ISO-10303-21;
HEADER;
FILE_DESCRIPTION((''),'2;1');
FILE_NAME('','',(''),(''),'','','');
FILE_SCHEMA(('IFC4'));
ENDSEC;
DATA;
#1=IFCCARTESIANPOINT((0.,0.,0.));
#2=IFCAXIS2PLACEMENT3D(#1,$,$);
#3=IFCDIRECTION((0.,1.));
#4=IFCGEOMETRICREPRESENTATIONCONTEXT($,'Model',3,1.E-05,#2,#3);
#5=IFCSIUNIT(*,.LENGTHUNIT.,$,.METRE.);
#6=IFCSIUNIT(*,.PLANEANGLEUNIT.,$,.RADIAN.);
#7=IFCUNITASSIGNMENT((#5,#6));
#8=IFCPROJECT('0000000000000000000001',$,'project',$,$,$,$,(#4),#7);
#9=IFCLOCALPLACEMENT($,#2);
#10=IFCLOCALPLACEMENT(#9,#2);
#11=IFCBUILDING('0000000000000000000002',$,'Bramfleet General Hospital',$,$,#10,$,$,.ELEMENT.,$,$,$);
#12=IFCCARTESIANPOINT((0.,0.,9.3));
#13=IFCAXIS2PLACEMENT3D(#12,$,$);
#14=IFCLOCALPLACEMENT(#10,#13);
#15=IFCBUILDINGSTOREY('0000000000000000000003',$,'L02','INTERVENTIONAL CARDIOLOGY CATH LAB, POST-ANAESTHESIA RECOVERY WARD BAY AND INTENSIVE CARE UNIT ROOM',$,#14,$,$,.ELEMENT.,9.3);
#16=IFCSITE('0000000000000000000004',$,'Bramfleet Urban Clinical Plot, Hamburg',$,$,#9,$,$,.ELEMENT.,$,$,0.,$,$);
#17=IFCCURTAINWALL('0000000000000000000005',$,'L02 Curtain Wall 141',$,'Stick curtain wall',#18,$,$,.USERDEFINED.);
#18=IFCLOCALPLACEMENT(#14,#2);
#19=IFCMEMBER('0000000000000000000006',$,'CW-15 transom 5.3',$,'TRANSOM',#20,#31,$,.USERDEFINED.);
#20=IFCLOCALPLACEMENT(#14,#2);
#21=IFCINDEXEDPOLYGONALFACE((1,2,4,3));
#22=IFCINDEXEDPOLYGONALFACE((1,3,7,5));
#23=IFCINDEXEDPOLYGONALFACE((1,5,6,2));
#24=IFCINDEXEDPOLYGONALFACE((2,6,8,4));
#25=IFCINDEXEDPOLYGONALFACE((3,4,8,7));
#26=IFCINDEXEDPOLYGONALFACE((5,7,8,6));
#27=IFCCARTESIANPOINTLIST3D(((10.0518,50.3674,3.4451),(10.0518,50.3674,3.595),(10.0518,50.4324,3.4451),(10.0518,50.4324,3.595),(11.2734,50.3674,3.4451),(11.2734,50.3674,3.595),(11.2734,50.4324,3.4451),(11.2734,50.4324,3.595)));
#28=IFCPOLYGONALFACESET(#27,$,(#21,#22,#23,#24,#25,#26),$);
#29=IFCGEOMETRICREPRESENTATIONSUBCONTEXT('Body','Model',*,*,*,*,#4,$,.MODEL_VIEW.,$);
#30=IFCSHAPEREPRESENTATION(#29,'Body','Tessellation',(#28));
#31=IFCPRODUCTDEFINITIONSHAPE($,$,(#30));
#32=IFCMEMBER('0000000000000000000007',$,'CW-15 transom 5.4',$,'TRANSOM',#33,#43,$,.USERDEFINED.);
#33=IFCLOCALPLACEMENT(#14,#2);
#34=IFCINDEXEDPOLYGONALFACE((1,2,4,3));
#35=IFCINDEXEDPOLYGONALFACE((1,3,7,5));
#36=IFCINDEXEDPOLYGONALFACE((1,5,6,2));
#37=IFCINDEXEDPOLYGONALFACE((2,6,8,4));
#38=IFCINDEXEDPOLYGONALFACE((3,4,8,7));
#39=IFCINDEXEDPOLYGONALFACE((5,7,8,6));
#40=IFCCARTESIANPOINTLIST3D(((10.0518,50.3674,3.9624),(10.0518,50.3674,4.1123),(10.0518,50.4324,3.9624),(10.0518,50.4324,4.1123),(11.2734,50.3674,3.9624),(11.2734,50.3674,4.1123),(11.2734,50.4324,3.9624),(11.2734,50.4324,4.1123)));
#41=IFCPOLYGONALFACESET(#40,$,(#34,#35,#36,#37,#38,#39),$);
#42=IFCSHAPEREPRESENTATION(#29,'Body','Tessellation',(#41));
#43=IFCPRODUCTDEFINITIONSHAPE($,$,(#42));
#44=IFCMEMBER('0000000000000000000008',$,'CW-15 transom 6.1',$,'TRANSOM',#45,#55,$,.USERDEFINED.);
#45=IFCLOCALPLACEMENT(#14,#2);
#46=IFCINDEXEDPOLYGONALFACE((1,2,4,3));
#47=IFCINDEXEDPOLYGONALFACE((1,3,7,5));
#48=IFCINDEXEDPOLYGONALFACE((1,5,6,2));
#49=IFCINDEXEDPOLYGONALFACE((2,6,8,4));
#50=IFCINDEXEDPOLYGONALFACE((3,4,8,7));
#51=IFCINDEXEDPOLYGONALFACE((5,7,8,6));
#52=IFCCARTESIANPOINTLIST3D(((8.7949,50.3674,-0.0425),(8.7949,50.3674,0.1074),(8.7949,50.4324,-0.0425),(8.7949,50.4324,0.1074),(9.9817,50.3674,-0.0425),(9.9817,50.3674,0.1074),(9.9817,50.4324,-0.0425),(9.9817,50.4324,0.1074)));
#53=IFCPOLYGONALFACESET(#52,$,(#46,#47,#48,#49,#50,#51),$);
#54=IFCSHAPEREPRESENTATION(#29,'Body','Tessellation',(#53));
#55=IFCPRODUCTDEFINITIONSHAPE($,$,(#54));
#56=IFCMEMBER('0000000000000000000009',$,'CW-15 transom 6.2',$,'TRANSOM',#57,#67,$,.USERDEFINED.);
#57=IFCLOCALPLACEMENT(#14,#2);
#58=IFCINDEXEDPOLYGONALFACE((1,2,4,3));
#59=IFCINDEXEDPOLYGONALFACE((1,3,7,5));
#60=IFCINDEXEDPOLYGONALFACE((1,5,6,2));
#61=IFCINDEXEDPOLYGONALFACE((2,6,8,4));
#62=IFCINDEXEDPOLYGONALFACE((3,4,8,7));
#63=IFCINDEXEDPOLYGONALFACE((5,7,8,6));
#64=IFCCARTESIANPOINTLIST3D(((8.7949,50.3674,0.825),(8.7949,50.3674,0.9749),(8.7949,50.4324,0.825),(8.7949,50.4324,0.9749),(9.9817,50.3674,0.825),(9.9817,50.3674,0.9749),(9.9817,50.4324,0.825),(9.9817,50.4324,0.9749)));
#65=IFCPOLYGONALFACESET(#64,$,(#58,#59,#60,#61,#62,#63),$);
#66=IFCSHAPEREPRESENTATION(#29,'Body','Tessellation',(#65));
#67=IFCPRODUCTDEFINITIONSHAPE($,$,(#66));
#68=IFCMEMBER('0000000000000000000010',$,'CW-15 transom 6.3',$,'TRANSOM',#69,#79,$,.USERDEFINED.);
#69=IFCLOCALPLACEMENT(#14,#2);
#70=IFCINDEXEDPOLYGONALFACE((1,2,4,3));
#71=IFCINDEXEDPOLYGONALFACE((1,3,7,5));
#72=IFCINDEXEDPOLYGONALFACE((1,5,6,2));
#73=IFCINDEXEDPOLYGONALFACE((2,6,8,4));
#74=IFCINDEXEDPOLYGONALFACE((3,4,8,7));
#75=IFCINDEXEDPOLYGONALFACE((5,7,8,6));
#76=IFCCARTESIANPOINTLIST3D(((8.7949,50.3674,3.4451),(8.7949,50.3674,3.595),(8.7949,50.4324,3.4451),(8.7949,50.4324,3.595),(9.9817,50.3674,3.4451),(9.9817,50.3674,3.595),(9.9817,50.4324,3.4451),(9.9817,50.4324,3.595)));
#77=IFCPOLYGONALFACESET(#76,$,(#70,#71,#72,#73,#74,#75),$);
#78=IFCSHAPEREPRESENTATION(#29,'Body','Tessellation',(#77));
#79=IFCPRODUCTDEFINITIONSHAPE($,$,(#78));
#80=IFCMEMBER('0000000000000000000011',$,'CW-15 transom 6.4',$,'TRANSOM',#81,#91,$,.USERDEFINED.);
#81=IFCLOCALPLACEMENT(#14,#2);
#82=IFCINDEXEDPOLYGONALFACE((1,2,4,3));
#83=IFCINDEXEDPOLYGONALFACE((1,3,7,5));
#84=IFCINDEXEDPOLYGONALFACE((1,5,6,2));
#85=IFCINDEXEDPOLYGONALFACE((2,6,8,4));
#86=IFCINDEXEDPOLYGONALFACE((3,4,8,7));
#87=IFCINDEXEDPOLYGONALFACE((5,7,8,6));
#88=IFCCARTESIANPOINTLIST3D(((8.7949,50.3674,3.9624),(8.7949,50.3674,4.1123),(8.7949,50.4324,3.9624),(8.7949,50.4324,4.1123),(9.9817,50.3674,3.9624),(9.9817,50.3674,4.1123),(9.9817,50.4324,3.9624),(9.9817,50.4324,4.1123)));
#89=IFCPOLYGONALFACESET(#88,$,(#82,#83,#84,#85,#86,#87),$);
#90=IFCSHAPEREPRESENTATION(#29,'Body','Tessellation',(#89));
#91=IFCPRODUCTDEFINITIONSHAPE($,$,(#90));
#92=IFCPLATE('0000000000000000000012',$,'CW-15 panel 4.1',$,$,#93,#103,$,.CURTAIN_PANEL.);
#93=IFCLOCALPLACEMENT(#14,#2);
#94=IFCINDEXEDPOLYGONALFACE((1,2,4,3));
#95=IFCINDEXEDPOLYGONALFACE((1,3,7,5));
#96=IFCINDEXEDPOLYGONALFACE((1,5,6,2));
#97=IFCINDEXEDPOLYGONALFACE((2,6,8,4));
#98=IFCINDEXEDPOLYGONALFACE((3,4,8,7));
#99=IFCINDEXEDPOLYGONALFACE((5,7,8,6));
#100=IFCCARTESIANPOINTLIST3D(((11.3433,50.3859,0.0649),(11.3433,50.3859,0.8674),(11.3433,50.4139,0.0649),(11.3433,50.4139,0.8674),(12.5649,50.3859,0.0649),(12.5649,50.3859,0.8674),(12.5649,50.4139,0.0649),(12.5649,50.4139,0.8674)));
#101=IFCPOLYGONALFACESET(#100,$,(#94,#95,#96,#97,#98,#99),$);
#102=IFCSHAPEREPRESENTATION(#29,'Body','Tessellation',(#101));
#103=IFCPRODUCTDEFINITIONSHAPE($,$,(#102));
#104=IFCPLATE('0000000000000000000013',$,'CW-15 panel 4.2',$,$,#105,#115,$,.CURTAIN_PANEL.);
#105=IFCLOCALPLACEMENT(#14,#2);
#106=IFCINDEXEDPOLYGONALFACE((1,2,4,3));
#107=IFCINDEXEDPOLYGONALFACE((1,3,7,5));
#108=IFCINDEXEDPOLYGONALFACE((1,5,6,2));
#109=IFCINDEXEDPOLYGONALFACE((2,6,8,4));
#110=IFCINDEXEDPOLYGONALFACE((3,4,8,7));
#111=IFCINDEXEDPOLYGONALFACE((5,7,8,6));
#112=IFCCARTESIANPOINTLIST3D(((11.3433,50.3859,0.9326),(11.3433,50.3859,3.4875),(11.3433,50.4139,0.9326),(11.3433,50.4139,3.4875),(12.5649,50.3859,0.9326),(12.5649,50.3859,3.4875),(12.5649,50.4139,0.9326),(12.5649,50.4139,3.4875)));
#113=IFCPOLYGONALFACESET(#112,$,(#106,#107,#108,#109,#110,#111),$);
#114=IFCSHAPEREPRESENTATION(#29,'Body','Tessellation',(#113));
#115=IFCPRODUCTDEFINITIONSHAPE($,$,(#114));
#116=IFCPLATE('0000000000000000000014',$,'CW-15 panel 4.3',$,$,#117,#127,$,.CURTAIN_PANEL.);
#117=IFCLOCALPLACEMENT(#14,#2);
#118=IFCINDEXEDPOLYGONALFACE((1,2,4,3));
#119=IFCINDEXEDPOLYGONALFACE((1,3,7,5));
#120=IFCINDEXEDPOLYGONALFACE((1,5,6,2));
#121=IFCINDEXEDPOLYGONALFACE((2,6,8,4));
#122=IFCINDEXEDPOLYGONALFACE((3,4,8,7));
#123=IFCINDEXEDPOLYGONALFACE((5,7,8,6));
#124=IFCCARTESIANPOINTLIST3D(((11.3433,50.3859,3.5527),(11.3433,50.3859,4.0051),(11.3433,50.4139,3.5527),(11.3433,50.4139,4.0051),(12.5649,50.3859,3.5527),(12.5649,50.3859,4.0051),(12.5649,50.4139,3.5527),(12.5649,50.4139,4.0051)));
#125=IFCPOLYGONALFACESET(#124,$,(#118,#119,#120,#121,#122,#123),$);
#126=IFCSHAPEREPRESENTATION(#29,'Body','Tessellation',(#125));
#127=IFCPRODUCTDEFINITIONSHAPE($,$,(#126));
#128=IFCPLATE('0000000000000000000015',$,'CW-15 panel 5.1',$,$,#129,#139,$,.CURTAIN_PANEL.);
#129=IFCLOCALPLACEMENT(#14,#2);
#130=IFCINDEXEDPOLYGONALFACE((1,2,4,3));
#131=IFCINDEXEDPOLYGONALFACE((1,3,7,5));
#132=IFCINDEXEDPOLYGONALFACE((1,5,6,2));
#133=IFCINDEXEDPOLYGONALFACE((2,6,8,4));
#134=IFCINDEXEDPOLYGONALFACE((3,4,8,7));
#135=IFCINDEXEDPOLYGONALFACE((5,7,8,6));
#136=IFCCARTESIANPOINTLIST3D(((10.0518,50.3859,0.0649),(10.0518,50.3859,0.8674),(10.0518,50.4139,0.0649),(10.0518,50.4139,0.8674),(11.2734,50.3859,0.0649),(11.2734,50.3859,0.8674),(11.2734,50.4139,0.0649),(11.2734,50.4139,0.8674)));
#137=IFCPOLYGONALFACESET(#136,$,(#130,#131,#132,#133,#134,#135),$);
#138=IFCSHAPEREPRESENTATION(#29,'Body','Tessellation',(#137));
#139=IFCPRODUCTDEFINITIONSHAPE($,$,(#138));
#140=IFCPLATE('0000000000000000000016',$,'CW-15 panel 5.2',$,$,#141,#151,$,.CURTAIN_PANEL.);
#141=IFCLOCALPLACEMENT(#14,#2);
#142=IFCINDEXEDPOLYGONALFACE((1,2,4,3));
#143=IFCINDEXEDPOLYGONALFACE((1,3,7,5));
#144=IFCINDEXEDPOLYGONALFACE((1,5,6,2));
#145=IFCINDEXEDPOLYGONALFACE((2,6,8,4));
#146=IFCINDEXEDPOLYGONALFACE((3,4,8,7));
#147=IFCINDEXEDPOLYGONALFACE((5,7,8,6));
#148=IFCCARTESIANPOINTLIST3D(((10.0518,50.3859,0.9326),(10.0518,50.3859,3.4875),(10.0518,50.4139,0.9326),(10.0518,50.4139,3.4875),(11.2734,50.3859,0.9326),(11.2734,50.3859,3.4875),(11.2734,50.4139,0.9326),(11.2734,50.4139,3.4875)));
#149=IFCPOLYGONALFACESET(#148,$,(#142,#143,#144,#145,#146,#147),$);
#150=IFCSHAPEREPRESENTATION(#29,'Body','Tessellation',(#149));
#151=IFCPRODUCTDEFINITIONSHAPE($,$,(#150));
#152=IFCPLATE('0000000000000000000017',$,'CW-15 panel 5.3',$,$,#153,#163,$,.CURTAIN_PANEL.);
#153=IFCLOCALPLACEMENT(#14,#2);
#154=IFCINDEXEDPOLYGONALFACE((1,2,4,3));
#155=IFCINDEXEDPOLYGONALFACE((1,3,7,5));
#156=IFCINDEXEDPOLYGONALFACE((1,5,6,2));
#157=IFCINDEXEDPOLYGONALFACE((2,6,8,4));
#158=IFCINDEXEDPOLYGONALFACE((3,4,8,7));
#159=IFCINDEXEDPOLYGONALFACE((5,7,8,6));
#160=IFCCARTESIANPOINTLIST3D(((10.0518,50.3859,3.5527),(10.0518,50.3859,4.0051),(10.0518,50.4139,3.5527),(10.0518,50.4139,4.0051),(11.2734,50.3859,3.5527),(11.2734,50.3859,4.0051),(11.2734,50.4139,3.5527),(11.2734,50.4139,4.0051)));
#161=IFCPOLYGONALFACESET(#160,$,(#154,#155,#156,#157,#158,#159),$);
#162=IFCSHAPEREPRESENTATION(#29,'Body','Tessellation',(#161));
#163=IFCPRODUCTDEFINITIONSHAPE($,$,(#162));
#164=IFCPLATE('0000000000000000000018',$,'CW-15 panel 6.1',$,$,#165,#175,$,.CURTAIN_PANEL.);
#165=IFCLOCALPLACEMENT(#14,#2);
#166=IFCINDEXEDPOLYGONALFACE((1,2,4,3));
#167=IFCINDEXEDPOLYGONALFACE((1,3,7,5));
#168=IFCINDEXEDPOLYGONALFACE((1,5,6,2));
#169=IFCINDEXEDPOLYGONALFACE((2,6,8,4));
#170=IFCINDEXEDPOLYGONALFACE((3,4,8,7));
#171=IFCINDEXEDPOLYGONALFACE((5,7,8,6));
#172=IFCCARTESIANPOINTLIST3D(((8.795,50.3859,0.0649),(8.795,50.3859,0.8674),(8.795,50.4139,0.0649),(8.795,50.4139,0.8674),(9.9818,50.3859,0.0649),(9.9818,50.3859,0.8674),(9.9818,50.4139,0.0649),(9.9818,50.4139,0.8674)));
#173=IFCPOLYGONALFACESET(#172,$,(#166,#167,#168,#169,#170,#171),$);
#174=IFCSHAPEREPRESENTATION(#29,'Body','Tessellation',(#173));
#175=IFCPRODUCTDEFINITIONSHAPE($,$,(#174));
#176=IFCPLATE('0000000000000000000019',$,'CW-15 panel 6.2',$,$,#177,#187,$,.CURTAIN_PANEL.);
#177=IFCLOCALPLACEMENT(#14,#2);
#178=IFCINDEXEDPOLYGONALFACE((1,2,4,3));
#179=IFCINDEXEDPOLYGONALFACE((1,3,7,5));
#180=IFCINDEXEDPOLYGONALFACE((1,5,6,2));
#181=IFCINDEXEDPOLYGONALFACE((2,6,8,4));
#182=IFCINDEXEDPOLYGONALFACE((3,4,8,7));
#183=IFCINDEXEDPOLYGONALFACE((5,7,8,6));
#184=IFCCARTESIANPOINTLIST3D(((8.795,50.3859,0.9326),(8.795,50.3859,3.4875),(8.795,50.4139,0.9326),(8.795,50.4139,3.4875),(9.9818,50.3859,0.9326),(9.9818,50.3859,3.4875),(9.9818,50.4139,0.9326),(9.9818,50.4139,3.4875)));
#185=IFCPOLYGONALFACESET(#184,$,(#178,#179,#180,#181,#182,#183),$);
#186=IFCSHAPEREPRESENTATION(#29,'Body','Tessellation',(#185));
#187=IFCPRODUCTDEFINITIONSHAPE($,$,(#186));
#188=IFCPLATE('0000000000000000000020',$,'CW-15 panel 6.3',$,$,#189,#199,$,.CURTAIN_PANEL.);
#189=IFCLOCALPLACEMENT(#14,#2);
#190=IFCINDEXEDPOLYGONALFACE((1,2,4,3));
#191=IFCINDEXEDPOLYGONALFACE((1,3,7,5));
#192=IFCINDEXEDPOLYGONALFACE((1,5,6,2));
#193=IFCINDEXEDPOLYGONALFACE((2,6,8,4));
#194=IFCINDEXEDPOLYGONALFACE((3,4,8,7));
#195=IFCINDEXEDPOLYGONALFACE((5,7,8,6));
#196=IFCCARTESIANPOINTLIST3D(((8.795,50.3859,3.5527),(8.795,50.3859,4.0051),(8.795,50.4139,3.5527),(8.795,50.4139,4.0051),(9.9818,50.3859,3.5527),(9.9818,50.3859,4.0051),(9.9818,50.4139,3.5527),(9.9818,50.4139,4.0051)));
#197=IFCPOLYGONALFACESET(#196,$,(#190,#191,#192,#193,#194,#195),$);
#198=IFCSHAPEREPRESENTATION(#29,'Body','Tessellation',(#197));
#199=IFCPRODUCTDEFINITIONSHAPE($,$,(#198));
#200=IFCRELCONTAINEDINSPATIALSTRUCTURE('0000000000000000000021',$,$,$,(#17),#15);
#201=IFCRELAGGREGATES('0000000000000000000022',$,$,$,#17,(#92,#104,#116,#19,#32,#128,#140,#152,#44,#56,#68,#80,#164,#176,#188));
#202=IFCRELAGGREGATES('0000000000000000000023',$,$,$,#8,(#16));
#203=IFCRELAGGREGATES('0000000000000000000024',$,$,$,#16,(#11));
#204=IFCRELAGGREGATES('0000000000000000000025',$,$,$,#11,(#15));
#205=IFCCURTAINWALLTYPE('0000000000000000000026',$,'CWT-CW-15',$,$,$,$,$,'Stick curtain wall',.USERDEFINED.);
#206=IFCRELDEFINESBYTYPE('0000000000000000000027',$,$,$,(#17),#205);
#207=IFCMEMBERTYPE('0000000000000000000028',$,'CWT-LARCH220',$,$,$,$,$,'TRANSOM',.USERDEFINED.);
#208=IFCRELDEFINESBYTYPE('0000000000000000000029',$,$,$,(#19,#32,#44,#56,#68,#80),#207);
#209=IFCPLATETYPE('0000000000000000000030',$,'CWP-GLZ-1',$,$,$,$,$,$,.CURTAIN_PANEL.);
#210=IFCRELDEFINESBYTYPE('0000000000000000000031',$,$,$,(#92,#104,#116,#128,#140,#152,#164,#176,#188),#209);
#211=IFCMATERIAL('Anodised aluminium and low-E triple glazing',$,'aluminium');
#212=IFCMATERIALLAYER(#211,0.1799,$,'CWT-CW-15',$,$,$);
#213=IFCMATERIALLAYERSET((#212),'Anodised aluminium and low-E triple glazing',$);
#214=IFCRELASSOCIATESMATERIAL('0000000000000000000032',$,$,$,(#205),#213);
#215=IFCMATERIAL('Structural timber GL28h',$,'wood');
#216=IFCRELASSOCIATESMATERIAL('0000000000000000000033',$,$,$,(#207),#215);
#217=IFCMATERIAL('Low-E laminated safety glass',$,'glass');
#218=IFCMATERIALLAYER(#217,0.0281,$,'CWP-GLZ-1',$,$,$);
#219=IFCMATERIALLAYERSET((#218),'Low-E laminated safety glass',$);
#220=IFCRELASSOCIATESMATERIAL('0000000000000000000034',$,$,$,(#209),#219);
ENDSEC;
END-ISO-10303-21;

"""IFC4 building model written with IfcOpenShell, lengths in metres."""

from ifc_helpers import new_model, si_unit, direction, frame, origin, origin_2d, place, context, subcontext, project, spatial, rectangle, extrude, material, layer, layer_set, material_profile, profile_set, type_object, element, aggregate, save


model = new_model("IFC4")

# Units and contexts
model_context = context("Model", 3, precision=1e-05, world=origin(), true_north=direction((0.0, 1.0)))
body_context = subcontext(model_context, "Body", "Model", "MODEL_VIEW")
ifc_project = project(units=[si_unit("LENGTHUNIT", "METRE"), si_unit("PLANEANGLEUNIT", "RADIAN")], contexts=[model_context])

# Site, building, storey
site_placement = place(None, origin())
site = spatial("IfcSite", under=ifc_project, at=site_placement, Name="Bramfleet Urban Clinical Plot, Hamburg", CompositionType="ELEMENT", RefElevation=0.0)
building_placement = place(site_placement, origin())
building = spatial("IfcBuilding", under=site, at=building_placement, Name="Bramfleet General Hospital", CompositionType="ELEMENT")
storey_placement = place(building_placement, frame((0.0, 0.0, 9.3)))
storey = spatial("IfcBuildingStorey", under=building, at=storey_placement, Name="L02", Description="INTERVENTIONAL CARDIOLOGY CATH LAB, POST-ANAESTHESIA RECOVERY WARD BAY AND INTENSIVE CARE UNIT ROOM", CompositionType="ELEMENT", Elevation=9.3)

# Curtain wall, members, plates
ifc_material_1 = material(Name="Anodised aluminium and low-E triple glazing", Category="aluminium")
ifc_layer_1 = layer(ifc_material_1, 0.1799, Name="CWT-CW-15")
ifc_layer_set_1 = layer_set([ifc_layer_1], Name="Anodised aluminium and low-E triple glazing")
curtain_wall_type = type_object("IfcCurtainWallType", Name="CWT-CW-15", ElementType="Stick curtain wall", PredefinedType="USERDEFINED", material=ifc_layer_set_1)
curtain_wall_placement = place(storey_placement, origin())
curtain_wall = element("IfcCurtainWall", 1, at=curtain_wall_placement, inside=storey, type_object=curtain_wall_type, Name="L02 Curtain Wall 141", ObjectType="Stick curtain wall", PredefinedType="USERDEFINED")
ifc_material_2 = material(Name="Structural timber GL28h", Category="wood")
ifc_material_profile_1 = material_profile(ifc_material_2, rectangle(XDim=0.0649, YDim=0.1499, at=origin_2d()), Name="LARCH 150x65")
ifc_profile_set_1 = profile_set([ifc_material_profile_1], Name="Structural timber GL28h")
member_type_1 = type_object("IfcMemberType", Name="CWT-LARCH220", ElementType="TRANSOM", PredefinedType="USERDEFINED", material=ifc_profile_set_1)
member_1_placement = place(storey_placement, frame((11.2734, 50.3999, 3.52), z_axis=(-1.0, 0.0, 0.0), x_axis=(0.0, -1.0, 0.0)))
member_1 = element("IfcMember", 2, at=member_1_placement, type_object=member_type_1, Name="CW-15 transom 5.3", ObjectType="TRANSOM", PredefinedType="USERDEFINED", context=body_context, shape_type="SweptSolid", body=[
    extrude(rectangle(XDim=0.0649, YDim=0.1499, at=origin_2d()), origin(), (0.0, 0.0, 1.0), 1.2217),
])
member_2_placement = place(storey_placement, frame((11.2734, 50.3999, 4.0374), z_axis=(-1.0, 0.0, 0.0), x_axis=(0.0, -1.0, 0.0)))
member_2 = element("IfcMember", 3, at=member_2_placement, type_object=member_type_1, Name="CW-15 transom 5.4", ObjectType="TRANSOM", PredefinedType="USERDEFINED", context=body_context, shape_type="SweptSolid", body=[
    extrude(rectangle(XDim=0.0649, YDim=0.1499, at=origin_2d()), origin(), (0.0, 0.0, 1.0), 1.2217),
])
member_3_placement = place(storey_placement, frame((9.9817, 50.3999, 0.0325), z_axis=(-1.0, 0.0, 0.0), x_axis=(0.0, -1.0, 0.0)))
member_3 = element("IfcMember", 4, at=member_3_placement, type_object=member_type_1, Name="CW-15 transom 6.1", ObjectType="TRANSOM", PredefinedType="USERDEFINED", context=body_context, shape_type="SweptSolid", body=[
    extrude(rectangle(XDim=0.0649, YDim=0.1499, at=origin_2d()), origin(), (0.0, 0.0, 1.0), 1.1868),
])
member_4_placement = place(storey_placement, frame((9.9817, 50.3999, 0.8999), z_axis=(-1.0, 0.0, 0.0), x_axis=(0.0, -1.0, 0.0)))
member_4 = element("IfcMember", 5, at=member_4_placement, type_object=member_type_1, Name="CW-15 transom 6.2", ObjectType="TRANSOM", PredefinedType="USERDEFINED", context=body_context, shape_type="SweptSolid", body=[
    extrude(rectangle(XDim=0.0649, YDim=0.1499, at=origin_2d()), origin(), (0.0, 0.0, 1.0), 1.1868),
])
member_5_placement = place(storey_placement, frame((9.9817, 50.3999, 3.52), z_axis=(-1.0, 0.0, 0.0), x_axis=(0.0, -1.0, 0.0)))
member_5 = element("IfcMember", 6, at=member_5_placement, type_object=member_type_1, Name="CW-15 transom 6.3", ObjectType="TRANSOM", PredefinedType="USERDEFINED", context=body_context, shape_type="SweptSolid", body=[
    extrude(rectangle(XDim=0.0649, YDim=0.1499, at=origin_2d()), origin(), (0.0, 0.0, 1.0), 1.1868),
])
member_6_placement = place(storey_placement, frame((9.9817, 50.3999, 4.0374), z_axis=(-1.0, 0.0, 0.0), x_axis=(0.0, -1.0, 0.0)))
member_6 = element("IfcMember", 7, at=member_6_placement, type_object=member_type_1, Name="CW-15 transom 6.4", ObjectType="TRANSOM", PredefinedType="USERDEFINED", context=body_context, shape_type="SweptSolid", body=[
    extrude(rectangle(XDim=0.0649, YDim=0.1499, at=origin_2d()), origin(), (0.0, 0.0, 1.0), 1.1868),
])
ifc_material_3 = material(Name="Low-E laminated safety glass", Category="glass")
ifc_layer_2 = layer(ifc_material_3, 0.0281, Name="CWP-GLZ-1")
ifc_layer_set_2 = layer_set([ifc_layer_2], Name="Low-E laminated safety glass")
plate_type = type_object("IfcPlateType", Name="CWP-GLZ-1", PredefinedType="CURTAIN_PANEL", material=ifc_layer_set_2)
plate_1_placement = place(storey_placement, frame((11.9541, 50.3999, 0.0649), z_axis=(0.0, 0.0, 1.0), x_axis=(-1.0, 0.0, 0.0)))
plate_1 = element("IfcPlate", 8, at=plate_1_placement, type_object=plate_type, Name="CW-15 panel 4.1", PredefinedType="CURTAIN_PANEL", context=body_context, shape_type="SweptSolid", body=[
    extrude(rectangle(XDim=1.2217, YDim=0.0281, at=origin_2d()), origin(), (0.0, 0.0, 1.0), 0.8025),
])
plate_2_placement = place(storey_placement, frame((11.9541, 50.3999, 0.9326), z_axis=(0.0, 0.0, 1.0), x_axis=(-1.0, 0.0, 0.0)))
plate_2 = element("IfcPlate", 9, at=plate_2_placement, type_object=plate_type, Name="CW-15 panel 4.2", PredefinedType="CURTAIN_PANEL", context=body_context, shape_type="SweptSolid", body=[
    extrude(rectangle(XDim=1.2217, YDim=0.0281, at=origin_2d()), origin(), (0.0, 0.0, 1.0), 2.5549),
])
plate_3_placement = place(storey_placement, frame((11.9541, 50.3999, 3.5527), z_axis=(0.0, 0.0, 1.0), x_axis=(-1.0, 0.0, 0.0)))
plate_3 = element("IfcPlate", 10, at=plate_3_placement, type_object=plate_type, Name="CW-15 panel 4.3", PredefinedType="CURTAIN_PANEL", context=body_context, shape_type="SweptSolid", body=[
    extrude(rectangle(XDim=1.2217, YDim=0.0281, at=origin_2d()), origin(), (0.0, 0.0, 1.0), 0.4524),
])
plate_4_placement = place(storey_placement, frame((10.6626, 50.3999, 0.0649), z_axis=(0.0, 0.0, 1.0), x_axis=(-1.0, 0.0, 0.0)))
plate_4 = element("IfcPlate", 11, at=plate_4_placement, type_object=plate_type, Name="CW-15 panel 5.1", PredefinedType="CURTAIN_PANEL", context=body_context, shape_type="SweptSolid", body=[
    extrude(rectangle(XDim=1.2217, YDim=0.0281, at=origin_2d()), origin(), (0.0, 0.0, 1.0), 0.8025),
])
plate_5_placement = place(storey_placement, frame((10.6626, 50.3999, 0.9326), z_axis=(0.0, 0.0, 1.0), x_axis=(-1.0, 0.0, 0.0)))
plate_5 = element("IfcPlate", 12, at=plate_5_placement, type_object=plate_type, Name="CW-15 panel 5.2", PredefinedType="CURTAIN_PANEL", context=body_context, shape_type="SweptSolid", body=[
    extrude(rectangle(XDim=1.2217, YDim=0.0281, at=origin_2d()), origin(), (0.0, 0.0, 1.0), 2.5549),
])
plate_6_placement = place(storey_placement, frame((10.6626, 50.3999, 3.5527), z_axis=(0.0, 0.0, 1.0), x_axis=(-1.0, 0.0, 0.0)))
plate_6 = element("IfcPlate", 13, at=plate_6_placement, type_object=plate_type, Name="CW-15 panel 5.3", PredefinedType="CURTAIN_PANEL", context=body_context, shape_type="SweptSolid", body=[
    extrude(rectangle(XDim=1.2217, YDim=0.0281, at=origin_2d()), origin(), (0.0, 0.0, 1.0), 0.4524),
])
plate_7_placement = place(storey_placement, frame((9.3884, 50.3999, 0.0649), z_axis=(0.0, 0.0, 1.0), x_axis=(-1.0, 0.0, 0.0)))
plate_7 = element("IfcPlate", 14, at=plate_7_placement, type_object=plate_type, Name="CW-15 panel 6.1", PredefinedType="CURTAIN_PANEL", context=body_context, shape_type="SweptSolid", body=[
    extrude(rectangle(XDim=1.1868, YDim=0.0281, at=origin_2d()), origin(), (0.0, 0.0, 1.0), 0.8025),
])
plate_8_placement = place(storey_placement, frame((9.3884, 50.3999, 0.9326), z_axis=(0.0, 0.0, 1.0), x_axis=(-1.0, 0.0, 0.0)))
plate_8 = element("IfcPlate", 15, at=plate_8_placement, type_object=plate_type, Name="CW-15 panel 6.2", PredefinedType="CURTAIN_PANEL", context=body_context, shape_type="SweptSolid", body=[
    extrude(rectangle(XDim=1.1868, YDim=0.0281, at=origin_2d()), origin(), (0.0, 0.0, 1.0), 2.5549),
])
plate_9_placement = place(storey_placement, frame((9.3884, 50.3999, 3.5527), z_axis=(0.0, 0.0, 1.0), x_axis=(-1.0, 0.0, 0.0)))
plate_9 = element("IfcPlate", 16, at=plate_9_placement, type_object=plate_type, Name="CW-15 panel 6.3", PredefinedType="CURTAIN_PANEL", context=body_context, shape_type="SweptSolid", body=[
    extrude(rectangle(XDim=1.1868, YDim=0.0281, at=origin_2d()), origin(), (0.0, 0.0, 1.0), 0.4524),
])
aggregate(curtain_wall, [plate_1, plate_2, plate_3, member_1, member_2, plate_4, plate_5, plate_6, member_3, member_4, member_5, member_6, plate_7, plate_8, plate_9])

save(model, "model.ifc")
